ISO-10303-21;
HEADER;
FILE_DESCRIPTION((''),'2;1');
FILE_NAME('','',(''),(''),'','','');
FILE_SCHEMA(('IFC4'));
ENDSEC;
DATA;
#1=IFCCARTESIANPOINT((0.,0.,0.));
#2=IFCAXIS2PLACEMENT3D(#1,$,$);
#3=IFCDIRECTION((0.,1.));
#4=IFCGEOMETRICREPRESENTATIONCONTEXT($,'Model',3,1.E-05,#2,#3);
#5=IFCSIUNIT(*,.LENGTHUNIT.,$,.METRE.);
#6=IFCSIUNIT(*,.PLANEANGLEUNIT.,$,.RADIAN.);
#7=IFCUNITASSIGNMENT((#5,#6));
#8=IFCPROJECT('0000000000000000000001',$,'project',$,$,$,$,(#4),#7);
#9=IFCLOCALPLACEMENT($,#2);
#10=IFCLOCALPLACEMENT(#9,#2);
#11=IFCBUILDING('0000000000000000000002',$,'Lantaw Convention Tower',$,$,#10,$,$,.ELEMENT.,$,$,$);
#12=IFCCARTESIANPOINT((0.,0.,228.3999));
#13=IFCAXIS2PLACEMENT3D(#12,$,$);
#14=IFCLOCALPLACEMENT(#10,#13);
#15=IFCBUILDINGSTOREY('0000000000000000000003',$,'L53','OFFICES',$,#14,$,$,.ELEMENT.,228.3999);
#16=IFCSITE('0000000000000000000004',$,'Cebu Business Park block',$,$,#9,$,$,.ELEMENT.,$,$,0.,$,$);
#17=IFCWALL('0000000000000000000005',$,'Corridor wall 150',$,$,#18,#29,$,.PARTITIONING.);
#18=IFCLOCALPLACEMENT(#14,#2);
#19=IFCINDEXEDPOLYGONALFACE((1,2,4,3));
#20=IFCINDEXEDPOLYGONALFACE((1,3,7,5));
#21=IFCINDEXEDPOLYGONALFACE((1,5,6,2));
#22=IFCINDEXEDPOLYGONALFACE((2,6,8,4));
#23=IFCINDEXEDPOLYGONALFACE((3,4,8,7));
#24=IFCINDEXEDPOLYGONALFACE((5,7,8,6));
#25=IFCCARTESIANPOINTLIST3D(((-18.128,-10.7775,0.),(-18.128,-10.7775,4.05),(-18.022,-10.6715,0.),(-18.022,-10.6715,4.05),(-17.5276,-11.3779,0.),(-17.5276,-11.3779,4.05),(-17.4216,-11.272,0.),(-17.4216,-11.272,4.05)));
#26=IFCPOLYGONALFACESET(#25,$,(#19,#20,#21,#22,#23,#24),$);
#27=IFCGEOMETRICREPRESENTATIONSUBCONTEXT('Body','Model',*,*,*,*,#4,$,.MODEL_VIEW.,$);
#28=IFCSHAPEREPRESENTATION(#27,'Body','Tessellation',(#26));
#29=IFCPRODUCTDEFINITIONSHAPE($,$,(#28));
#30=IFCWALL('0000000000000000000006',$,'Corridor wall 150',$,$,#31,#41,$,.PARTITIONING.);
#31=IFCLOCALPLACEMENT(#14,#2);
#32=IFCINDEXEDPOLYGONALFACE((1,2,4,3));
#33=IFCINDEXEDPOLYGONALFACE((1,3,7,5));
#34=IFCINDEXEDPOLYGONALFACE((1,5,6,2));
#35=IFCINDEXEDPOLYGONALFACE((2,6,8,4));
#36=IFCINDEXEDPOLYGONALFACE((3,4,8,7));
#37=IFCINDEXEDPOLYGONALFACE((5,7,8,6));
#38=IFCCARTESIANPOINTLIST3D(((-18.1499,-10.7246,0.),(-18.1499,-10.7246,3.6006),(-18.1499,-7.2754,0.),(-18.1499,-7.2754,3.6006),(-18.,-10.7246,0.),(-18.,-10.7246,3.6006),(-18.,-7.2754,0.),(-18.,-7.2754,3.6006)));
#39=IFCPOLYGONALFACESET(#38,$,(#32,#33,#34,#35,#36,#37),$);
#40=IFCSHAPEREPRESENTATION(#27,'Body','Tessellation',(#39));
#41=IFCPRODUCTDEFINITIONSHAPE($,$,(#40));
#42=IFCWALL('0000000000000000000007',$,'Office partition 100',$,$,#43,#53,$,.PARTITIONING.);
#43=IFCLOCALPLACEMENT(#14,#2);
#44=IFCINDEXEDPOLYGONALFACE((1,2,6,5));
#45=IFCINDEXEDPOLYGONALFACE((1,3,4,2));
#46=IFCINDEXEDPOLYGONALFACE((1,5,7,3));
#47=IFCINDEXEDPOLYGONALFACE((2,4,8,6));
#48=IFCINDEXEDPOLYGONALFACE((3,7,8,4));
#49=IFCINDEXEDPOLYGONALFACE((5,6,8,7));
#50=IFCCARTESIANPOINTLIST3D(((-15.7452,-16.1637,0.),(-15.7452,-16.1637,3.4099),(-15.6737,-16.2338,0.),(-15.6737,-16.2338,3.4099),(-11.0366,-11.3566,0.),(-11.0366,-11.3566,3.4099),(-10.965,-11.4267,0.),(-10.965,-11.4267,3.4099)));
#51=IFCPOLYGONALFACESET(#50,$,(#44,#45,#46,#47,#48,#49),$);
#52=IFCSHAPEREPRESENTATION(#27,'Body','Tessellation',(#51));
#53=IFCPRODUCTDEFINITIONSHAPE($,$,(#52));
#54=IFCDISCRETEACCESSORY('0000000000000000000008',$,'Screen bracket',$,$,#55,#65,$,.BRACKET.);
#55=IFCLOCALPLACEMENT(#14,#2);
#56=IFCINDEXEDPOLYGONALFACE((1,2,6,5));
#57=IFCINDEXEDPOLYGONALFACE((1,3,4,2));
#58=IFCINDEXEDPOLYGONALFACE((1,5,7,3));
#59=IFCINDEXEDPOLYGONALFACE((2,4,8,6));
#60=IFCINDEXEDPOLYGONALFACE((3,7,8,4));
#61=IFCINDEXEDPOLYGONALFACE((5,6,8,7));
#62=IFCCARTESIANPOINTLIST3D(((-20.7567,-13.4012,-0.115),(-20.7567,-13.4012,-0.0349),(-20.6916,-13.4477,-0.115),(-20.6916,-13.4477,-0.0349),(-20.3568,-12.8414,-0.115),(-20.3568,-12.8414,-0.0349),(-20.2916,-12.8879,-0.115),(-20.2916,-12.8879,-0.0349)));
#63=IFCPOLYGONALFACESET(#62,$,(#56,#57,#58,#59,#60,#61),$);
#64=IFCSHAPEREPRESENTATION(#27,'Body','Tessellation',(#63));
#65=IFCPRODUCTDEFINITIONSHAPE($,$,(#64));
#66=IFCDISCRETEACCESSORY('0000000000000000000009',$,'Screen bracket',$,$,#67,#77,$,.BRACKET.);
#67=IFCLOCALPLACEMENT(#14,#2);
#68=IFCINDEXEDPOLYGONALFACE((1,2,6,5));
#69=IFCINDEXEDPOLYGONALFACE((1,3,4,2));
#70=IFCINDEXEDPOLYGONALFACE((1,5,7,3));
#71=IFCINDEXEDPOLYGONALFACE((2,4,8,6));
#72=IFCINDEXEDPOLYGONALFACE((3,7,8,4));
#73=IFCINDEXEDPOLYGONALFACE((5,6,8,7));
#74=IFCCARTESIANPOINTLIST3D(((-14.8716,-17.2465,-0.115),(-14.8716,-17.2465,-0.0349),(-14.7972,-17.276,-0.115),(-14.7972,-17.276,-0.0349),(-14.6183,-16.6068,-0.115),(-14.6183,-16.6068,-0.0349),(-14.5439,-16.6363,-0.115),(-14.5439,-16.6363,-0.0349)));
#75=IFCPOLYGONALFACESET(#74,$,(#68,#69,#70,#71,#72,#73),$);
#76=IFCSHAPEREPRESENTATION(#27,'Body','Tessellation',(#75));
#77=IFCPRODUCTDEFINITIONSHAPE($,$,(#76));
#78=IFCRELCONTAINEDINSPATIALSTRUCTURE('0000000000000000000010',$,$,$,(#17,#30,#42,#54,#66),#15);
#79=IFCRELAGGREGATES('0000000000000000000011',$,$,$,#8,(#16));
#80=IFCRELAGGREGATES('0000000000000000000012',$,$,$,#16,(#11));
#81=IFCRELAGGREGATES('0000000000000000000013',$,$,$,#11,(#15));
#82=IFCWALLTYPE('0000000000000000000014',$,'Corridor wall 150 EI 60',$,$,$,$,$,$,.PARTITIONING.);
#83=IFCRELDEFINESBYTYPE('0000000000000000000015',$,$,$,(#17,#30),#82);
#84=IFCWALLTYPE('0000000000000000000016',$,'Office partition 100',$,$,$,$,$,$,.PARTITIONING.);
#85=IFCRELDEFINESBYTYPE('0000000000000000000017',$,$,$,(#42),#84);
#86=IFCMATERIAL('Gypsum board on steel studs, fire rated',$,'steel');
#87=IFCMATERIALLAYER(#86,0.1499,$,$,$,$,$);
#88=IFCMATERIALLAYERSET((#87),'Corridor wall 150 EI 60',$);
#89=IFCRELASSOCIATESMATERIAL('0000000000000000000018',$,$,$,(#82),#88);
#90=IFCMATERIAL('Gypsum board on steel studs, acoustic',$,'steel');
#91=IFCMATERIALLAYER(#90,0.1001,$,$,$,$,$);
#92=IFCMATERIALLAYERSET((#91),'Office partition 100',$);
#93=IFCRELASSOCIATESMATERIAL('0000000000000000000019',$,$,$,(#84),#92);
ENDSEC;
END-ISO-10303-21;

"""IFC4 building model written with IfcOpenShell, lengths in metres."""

from ifc_helpers import new_model, si_unit, direction, frame, frame_2d, origin, origin_2d, place, context, subcontext, project, spatial, rectangle, extrude, material, layer, layer_set, type_object, element, save


model = new_model("IFC4")

# Units and contexts
model_context = context("Model", 3, precision=1e-05, world=origin(), true_north=direction((0.0, 1.0)))
body_context = subcontext(model_context, "Body", "Model", "MODEL_VIEW")
ifc_project = project(units=[si_unit("LENGTHUNIT", "METRE"), si_unit("PLANEANGLEUNIT", "RADIAN")], contexts=[model_context])

# Site, building, storey
site_placement = place(None, origin())
site = spatial("IfcSite", under=ifc_project, at=site_placement, Name="Cebu Business Park block", CompositionType="ELEMENT", RefElevation=0.0)
building_placement = place(site_placement, origin())
building = spatial("IfcBuilding", under=site, at=building_placement, Name="Lantaw Convention Tower", CompositionType="ELEMENT")
storey_placement = place(building_placement, frame((0.0, 0.0, 228.3999)))
storey = spatial("IfcBuildingStorey", under=building, at=storey_placement, Name="L53", Description="OFFICES", CompositionType="ELEMENT", Elevation=228.3999)

# Walls
ifc_material_1 = material(Name="Gypsum board on steel studs, fire rated", Category="steel")
ifc_layer_1 = layer(ifc_material_1, 0.1499)
ifc_layer_set_1 = layer_set([ifc_layer_1], Name="Corridor wall 150 EI 60")
wall_type_1 = type_object("IfcWallType", Name="Corridor wall 150 EI 60", PredefinedType="PARTITIONING", material=ifc_layer_set_1)
wall_1_placement = place(storey_placement, frame((-17.4746, -11.325, 0.0), z_axis=(0.0, 0.0, 1.0), x_axis=(-0.707107, 0.707107, 0.0)))
element("IfcWall", 1, at=wall_1_placement, inside=storey, type_object=wall_type_1, Name="Corridor wall 150", PredefinedType="PARTITIONING", context=body_context, shape_type="SweptSolid", body=[
    extrude(rectangle(XDim=0.8491, YDim=0.1499, at=frame_2d((0.4246, 0.0))), origin(), (0.0, 0.0, 1.0), 4.05),
])
wall_2_placement = place(storey_placement, frame((-18.075, -10.7246, 0.0), z_axis=(0.0, 0.0, 1.0), x_axis=(0.0, 1.0, 0.0)))
element("IfcWall", 2, at=wall_2_placement, inside=storey, type_object=wall_type_1, Name="Corridor wall 150", PredefinedType="PARTITIONING", context=body_context, shape_type="SweptSolid", body=[
    extrude(rectangle(XDim=3.4492, YDim=0.1499, at=frame_2d((1.7246, 0.0))), origin(), (0.0, 0.0, 1.0), 3.6006),
])
ifc_material_2 = material(Name="Gypsum board on steel studs, acoustic", Category="steel")
ifc_layer_2 = layer(ifc_material_2, 0.1001)
ifc_layer_set_2 = layer_set([ifc_layer_2], Name="Office partition 100")
wall_type_2 = type_object("IfcWallType", Name="Office partition 100", PredefinedType="PARTITIONING", material=ifc_layer_set_2)
wall_3_placement = place(storey_placement, frame((-15.7095, -16.1987, 0.0), z_axis=(0.0, 0.0, 1.0), x_axis=(0.699758, 0.71438, 0.0)))
element("IfcWall", 3, at=wall_3_placement, inside=storey, type_object=wall_type_2, Name="Office partition 100", PredefinedType="PARTITIONING", context=body_context, shape_type="SweptSolid", body=[
    extrude(rectangle(XDim=6.729, YDim=0.1001, at=frame_2d((3.3645, 0.0))), origin(), (0.0, 0.0, 1.0), 3.4099),
])

# Discrete accessories
for number, where, z_axis, x_axis, name in (
    (4, (-20.5242, -13.1445, -0.115), (0.0, 0.0, 1.0), (0.813673, -0.581323, 0.0), "Screen bracket"),
    (5, (-14.7078, -16.9414, -0.115), (0.0, 0.0, 1.0), (0.929762, -0.368162, 0.0), "Screen bracket"),
):
    element("IfcDiscreteAccessory", number, at=place(storey_placement, frame(where, z_axis=z_axis, x_axis=x_axis)), inside=storey, Name=name, PredefinedType="BRACKET", context=body_context, shape_type="SweptSolid", body=[
        extrude(rectangle(XDim=0.0801, YDim=0.688, at=origin_2d()), origin(), (0.0, 0.0, 1.0), 0.0801),
    ])

save(model, "model.ifc")
